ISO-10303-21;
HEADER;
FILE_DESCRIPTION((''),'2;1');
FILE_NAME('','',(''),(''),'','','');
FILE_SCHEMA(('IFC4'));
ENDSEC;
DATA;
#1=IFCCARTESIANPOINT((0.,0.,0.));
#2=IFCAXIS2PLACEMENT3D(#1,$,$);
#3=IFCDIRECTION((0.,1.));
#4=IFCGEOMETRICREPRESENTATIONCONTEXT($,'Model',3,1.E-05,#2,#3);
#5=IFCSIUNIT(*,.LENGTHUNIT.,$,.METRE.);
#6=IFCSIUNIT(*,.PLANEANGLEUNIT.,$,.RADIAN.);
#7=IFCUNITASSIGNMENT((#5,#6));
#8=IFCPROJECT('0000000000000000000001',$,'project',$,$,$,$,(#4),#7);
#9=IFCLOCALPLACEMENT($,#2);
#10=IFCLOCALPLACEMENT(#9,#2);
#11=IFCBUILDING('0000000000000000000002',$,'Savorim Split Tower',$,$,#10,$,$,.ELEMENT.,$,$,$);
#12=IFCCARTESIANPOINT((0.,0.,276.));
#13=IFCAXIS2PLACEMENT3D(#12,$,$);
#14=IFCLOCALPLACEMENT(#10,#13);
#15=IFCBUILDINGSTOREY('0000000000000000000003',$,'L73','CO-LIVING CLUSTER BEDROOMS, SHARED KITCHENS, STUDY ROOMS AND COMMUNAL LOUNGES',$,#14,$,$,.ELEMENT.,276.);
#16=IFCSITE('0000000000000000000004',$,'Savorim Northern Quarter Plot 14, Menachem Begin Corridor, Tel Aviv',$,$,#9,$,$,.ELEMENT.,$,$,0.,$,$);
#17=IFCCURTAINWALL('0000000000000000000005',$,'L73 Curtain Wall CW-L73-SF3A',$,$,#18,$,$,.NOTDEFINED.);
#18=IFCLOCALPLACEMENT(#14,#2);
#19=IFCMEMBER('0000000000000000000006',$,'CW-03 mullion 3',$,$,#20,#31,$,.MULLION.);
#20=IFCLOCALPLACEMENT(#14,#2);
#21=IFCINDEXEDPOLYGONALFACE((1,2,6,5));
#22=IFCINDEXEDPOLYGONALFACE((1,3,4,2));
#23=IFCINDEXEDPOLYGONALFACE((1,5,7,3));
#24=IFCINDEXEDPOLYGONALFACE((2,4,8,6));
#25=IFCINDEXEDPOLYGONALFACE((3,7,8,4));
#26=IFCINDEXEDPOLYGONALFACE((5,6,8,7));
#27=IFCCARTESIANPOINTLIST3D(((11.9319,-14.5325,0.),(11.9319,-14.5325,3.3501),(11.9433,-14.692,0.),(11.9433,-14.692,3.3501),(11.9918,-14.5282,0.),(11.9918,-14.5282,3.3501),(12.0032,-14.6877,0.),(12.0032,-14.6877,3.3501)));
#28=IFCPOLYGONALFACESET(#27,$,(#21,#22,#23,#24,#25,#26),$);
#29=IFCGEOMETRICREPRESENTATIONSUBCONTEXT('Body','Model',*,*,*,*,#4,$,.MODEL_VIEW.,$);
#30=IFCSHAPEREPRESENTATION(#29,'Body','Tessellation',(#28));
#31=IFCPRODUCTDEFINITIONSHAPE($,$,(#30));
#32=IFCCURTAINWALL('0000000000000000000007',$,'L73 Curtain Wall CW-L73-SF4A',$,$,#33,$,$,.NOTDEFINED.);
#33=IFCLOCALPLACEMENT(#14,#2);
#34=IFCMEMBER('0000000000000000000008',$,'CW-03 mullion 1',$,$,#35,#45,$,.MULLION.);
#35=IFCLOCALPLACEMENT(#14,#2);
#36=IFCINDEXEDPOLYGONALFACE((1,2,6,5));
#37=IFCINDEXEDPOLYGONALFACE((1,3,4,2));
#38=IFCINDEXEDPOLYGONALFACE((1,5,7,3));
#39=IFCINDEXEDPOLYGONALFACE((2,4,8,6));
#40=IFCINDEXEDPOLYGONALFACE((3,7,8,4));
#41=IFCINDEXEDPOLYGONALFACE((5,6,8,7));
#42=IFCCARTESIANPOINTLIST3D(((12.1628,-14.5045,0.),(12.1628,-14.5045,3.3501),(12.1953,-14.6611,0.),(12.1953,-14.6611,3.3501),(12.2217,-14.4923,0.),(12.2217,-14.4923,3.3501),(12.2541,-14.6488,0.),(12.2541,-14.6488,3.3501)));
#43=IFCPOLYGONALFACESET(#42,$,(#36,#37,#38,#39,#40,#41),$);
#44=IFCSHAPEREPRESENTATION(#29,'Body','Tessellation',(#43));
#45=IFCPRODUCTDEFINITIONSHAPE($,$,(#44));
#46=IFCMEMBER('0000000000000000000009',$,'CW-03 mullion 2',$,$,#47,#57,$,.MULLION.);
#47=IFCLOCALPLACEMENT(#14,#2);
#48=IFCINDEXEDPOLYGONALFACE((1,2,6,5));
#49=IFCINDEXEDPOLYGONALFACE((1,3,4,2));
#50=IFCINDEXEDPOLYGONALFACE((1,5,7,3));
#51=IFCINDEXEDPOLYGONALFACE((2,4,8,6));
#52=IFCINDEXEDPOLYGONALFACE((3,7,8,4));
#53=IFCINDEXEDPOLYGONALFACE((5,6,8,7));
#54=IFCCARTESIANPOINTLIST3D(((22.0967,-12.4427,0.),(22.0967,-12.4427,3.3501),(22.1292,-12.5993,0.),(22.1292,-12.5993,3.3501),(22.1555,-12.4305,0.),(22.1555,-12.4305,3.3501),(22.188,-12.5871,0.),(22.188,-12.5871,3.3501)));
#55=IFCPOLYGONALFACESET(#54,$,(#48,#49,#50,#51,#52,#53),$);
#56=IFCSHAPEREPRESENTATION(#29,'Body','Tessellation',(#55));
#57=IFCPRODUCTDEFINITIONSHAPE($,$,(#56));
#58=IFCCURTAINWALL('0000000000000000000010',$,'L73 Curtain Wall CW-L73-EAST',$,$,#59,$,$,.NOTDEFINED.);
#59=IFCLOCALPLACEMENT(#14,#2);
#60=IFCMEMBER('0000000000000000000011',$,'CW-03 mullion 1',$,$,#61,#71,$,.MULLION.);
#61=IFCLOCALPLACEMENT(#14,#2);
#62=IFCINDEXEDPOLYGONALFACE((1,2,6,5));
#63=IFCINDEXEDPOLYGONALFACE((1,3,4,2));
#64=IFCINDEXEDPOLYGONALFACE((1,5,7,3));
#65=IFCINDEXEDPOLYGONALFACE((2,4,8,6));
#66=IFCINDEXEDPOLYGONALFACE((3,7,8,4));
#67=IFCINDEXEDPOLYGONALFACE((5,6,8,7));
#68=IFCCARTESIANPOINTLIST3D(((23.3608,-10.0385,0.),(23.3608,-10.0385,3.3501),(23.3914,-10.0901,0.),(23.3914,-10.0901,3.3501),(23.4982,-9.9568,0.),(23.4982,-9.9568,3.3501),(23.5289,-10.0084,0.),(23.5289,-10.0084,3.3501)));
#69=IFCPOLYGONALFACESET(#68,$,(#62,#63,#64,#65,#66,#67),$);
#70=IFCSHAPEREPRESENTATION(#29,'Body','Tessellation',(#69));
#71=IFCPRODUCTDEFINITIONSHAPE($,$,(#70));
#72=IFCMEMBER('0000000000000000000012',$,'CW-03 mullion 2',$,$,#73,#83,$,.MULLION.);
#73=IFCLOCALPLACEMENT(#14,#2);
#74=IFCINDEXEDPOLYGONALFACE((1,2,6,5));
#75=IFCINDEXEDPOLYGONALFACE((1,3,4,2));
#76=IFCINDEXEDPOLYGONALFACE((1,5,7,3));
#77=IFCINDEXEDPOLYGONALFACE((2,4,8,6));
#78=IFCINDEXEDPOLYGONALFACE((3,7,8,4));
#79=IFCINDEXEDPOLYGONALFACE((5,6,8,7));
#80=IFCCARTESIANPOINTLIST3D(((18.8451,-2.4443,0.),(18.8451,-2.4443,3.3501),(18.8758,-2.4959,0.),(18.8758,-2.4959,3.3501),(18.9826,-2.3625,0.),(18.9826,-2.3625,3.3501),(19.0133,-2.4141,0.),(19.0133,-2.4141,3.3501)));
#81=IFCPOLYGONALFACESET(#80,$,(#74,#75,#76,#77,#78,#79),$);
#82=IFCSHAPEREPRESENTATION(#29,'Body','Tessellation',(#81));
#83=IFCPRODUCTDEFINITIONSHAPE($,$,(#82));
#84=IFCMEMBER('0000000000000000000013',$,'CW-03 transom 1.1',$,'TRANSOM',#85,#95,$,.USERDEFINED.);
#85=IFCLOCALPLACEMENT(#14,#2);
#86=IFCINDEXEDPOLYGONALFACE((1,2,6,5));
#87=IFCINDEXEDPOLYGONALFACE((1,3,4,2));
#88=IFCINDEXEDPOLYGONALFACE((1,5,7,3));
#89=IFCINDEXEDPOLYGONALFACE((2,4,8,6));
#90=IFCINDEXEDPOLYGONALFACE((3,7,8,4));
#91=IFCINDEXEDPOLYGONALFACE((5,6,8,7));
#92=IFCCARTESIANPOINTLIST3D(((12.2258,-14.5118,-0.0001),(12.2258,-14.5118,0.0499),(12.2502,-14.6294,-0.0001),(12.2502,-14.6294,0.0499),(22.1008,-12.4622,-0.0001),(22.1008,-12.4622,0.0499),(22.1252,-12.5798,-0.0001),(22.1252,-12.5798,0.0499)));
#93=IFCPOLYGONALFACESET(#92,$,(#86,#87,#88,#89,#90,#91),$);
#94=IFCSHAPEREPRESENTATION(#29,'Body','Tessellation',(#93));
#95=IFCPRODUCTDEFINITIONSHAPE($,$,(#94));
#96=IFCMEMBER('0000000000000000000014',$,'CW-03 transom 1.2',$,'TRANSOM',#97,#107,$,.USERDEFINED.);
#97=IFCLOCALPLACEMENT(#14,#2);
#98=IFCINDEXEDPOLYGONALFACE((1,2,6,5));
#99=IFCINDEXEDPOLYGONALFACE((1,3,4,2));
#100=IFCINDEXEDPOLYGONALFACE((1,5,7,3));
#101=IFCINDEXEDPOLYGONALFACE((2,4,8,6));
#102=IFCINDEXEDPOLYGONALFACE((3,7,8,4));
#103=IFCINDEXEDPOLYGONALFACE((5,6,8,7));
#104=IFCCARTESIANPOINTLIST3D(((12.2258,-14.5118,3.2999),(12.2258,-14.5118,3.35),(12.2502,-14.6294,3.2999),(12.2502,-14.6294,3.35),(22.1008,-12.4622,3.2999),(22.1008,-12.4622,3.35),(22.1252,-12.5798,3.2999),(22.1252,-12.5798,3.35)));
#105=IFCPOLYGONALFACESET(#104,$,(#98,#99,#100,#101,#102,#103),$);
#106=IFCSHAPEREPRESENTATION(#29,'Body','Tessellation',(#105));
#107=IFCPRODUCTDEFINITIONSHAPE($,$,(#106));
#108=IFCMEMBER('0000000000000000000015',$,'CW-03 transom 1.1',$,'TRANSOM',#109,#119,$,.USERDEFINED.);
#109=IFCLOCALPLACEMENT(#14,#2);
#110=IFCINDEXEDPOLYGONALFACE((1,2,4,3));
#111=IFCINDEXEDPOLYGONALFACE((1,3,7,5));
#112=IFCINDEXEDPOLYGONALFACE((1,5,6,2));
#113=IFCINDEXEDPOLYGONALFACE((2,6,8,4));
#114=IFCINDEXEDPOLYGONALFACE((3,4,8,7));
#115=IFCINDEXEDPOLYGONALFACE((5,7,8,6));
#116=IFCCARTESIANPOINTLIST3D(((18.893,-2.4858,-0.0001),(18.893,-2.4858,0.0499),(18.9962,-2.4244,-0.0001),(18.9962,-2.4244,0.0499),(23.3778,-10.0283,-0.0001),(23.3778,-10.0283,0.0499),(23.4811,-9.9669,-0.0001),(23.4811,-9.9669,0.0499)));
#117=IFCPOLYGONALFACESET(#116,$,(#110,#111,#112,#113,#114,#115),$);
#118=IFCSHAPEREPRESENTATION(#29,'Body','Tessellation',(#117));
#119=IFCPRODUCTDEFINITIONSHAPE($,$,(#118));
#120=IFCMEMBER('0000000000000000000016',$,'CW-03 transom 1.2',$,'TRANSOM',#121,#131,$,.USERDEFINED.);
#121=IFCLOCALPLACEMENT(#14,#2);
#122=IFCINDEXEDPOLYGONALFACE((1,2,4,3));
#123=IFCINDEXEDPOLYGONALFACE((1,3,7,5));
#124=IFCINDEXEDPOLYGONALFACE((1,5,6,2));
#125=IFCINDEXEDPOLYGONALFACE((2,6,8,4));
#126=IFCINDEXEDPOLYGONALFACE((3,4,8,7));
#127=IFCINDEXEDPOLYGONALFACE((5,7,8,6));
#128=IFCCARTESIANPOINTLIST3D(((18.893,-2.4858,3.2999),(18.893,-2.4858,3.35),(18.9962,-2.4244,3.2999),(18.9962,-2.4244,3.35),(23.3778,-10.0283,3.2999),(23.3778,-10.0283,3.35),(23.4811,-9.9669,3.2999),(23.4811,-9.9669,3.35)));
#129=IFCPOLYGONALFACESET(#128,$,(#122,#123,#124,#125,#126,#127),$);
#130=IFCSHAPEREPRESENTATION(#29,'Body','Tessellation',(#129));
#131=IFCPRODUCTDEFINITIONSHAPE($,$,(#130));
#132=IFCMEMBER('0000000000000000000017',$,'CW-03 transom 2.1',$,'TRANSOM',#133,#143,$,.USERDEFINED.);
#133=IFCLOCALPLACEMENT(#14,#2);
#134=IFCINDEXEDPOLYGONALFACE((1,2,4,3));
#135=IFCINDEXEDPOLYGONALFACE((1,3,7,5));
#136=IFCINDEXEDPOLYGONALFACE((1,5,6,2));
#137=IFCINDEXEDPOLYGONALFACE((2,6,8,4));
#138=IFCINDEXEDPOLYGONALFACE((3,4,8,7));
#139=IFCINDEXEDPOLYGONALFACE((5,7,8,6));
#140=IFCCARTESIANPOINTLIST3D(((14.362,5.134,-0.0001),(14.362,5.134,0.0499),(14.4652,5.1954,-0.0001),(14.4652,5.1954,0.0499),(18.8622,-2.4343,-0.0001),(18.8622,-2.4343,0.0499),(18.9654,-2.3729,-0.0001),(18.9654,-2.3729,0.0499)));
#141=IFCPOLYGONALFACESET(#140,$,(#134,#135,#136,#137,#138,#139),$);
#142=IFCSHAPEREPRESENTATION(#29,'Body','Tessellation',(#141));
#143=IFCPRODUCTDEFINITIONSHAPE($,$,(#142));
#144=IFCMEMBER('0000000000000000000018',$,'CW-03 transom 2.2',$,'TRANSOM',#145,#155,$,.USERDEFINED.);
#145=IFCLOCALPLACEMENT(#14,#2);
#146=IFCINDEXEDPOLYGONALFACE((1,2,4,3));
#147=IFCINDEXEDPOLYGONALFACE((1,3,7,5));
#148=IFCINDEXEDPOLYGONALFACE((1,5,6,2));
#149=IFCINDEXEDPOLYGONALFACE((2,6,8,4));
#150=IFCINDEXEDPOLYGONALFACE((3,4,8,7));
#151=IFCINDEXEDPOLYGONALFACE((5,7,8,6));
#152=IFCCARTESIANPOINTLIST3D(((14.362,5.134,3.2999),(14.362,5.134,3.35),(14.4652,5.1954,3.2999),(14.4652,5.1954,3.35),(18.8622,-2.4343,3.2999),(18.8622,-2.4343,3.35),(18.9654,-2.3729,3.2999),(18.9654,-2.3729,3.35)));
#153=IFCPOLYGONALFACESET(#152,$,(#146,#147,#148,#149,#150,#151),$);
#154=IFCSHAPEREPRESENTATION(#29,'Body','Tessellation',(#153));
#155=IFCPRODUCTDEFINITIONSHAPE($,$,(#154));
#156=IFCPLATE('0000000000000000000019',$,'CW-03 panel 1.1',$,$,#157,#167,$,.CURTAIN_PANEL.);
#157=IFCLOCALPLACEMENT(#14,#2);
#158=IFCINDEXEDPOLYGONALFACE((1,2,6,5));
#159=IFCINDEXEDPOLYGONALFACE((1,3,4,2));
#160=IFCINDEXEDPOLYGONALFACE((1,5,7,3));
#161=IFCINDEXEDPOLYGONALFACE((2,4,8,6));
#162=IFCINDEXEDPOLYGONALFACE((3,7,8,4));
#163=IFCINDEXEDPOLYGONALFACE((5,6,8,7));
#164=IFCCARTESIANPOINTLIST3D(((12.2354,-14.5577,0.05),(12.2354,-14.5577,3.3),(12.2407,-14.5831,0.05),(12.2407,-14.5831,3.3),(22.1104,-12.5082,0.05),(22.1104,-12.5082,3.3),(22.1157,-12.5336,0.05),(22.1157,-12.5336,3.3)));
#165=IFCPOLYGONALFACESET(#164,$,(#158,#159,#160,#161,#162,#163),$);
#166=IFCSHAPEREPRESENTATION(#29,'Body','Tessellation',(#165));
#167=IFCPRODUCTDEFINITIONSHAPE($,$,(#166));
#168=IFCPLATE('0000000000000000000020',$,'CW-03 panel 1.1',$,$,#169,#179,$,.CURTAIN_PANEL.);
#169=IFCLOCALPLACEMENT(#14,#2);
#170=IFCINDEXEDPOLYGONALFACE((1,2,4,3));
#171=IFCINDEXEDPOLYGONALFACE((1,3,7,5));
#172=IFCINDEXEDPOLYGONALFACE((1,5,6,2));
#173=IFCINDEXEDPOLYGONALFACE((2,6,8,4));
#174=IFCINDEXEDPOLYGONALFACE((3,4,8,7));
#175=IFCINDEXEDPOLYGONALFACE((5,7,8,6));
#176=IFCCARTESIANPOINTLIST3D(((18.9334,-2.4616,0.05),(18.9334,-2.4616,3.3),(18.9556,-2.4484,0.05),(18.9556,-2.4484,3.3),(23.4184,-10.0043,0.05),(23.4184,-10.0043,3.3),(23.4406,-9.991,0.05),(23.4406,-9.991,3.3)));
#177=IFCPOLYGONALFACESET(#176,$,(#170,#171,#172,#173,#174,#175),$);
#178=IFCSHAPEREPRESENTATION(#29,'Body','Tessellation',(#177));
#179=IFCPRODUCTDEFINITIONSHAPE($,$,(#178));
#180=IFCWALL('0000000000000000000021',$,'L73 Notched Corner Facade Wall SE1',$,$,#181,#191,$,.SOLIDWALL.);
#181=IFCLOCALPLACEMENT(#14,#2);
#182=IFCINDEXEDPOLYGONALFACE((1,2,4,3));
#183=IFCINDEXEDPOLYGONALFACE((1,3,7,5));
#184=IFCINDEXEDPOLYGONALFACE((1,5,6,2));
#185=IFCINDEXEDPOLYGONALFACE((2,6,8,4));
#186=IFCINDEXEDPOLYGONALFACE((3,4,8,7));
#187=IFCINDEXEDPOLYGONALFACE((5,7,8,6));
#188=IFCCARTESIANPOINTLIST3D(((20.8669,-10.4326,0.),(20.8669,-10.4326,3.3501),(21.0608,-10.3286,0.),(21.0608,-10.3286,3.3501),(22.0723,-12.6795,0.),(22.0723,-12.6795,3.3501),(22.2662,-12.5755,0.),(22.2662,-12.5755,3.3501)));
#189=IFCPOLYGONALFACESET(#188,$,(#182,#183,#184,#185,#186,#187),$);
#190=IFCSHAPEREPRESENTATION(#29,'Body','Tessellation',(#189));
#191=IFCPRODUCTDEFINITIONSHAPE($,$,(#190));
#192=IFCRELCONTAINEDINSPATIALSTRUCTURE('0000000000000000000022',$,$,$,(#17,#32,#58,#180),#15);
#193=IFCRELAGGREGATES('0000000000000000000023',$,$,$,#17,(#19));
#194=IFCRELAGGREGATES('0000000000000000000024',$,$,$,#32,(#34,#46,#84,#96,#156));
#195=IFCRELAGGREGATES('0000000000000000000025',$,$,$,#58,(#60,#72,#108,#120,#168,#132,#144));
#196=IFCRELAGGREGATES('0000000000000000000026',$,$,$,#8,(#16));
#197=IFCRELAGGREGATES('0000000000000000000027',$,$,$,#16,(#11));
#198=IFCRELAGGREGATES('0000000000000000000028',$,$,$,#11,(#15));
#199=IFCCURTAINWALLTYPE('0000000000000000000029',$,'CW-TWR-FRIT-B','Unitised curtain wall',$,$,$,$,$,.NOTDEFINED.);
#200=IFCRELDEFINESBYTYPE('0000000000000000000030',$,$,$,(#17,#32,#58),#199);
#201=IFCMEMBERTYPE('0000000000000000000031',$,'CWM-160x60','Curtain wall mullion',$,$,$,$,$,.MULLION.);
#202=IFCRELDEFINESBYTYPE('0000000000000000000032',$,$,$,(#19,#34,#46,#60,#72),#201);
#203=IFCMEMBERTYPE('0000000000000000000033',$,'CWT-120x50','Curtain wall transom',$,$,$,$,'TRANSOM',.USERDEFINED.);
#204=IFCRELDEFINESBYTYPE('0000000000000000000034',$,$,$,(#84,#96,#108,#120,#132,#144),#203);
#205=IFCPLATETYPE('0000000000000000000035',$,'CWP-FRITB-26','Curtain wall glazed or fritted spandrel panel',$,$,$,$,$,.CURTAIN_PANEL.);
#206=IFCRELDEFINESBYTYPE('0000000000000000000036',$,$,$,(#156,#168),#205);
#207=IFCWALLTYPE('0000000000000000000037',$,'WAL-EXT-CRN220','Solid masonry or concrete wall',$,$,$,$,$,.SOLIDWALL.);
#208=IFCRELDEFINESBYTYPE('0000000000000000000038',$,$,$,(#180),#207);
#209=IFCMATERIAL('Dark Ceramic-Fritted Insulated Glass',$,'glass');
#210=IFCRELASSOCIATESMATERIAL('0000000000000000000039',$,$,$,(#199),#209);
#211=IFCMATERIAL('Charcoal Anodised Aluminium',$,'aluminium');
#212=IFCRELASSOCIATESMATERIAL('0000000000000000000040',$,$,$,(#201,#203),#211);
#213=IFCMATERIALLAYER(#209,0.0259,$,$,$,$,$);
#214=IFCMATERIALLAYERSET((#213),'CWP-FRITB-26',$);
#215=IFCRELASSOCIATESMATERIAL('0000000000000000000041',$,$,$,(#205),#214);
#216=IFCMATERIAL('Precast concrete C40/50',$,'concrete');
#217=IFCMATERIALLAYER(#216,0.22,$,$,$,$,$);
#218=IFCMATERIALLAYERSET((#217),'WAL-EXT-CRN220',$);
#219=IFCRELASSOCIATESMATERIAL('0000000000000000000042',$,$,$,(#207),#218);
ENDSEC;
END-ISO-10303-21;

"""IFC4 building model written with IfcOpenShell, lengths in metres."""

from ifc_helpers import new_model, si_unit, direction, frame, frame_2d, origin, origin_2d, place, context, subcontext, project, spatial, rectangle, extrude, material, layer, layer_set, material_profile, profile_set, type_object, element, aggregate, save


model = new_model("IFC4")

# Units and contexts
model_context = context("Model", 3, precision=1e-05, world=origin(), true_north=direction((0.0, 1.0)))
body_context = subcontext(model_context, "Body", "Model", "MODEL_VIEW")
ifc_project = project(units=[si_unit("LENGTHUNIT", "METRE"), si_unit("PLANEANGLEUNIT", "RADIAN")], contexts=[model_context])

# Site, building, storey
site_placement = place(None, origin())
site = spatial("IfcSite", under=ifc_project, at=site_placement, Name="Savorim Northern Quarter Plot 14, Menachem Begin Corridor, Tel Aviv", CompositionType="ELEMENT", RefElevation=0.0)
building_placement = place(site_placement, origin())
building = spatial("IfcBuilding", under=site, at=building_placement, Name="Savorim Split Tower", CompositionType="ELEMENT")
storey_placement = place(building_placement, frame((0.0, 0.0, 276.0)))
storey = spatial("IfcBuildingStorey", under=building, at=storey_placement, Name="L73", Description="CO-LIVING CLUSTER BEDROOMS, SHARED KITCHENS, STUDY ROOMS AND COMMUNAL LOUNGES", CompositionType="ELEMENT", Elevation=276.0)

# Curtain wall, member
ifc_material_1 = material(Name="Dark Ceramic-Fritted Insulated Glass", Category="glass")
curtain_wall_type = type_object("IfcCurtainWallType", Name="CW-TWR-FRIT-B", Description="Unitised curtain wall", PredefinedType="NOTDEFINED", material=ifc_material_1)
curtain_wall_1_placement = place(storey_placement, origin())
curtain_wall_1 = element("IfcCurtainWall", 1, at=curtain_wall_1_placement, inside=storey, type_object=curtain_wall_type, Name="L73 Curtain Wall CW-L73-SF3A", PredefinedType="NOTDEFINED")
ifc_material_2 = material(Name="Charcoal Anodised Aluminium", Category="aluminium")
ifc_material_profile_1 = material_profile(ifc_material_2, rectangle(XDim=0.1599, YDim=0.0601, at=origin_2d()), Name="ALU-M 160x60")
ifc_profile_set_1 = profile_set([ifc_material_profile_1], Name="Charcoal Anodised Aluminium")
member_type_1 = type_object("IfcMemberType", Name="CWM-160x60", Description="Curtain wall mullion", PredefinedType="MULLION", material=ifc_profile_set_1)
member_1_placement = place(storey_placement, frame((11.9675, -14.6101, 0.0), z_axis=(0.0, 0.0, 1.0), x_axis=(-0.07156, 0.997436, 0.0)))
member_1 = element("IfcMember", 2, at=member_1_placement, type_object=member_type_1, Name="CW-03 mullion 3", PredefinedType="MULLION", context=body_context, shape_type="SweptSolid", body=[
    extrude(rectangle(XDim=0.1599, YDim=0.0601, at=origin_2d()), origin(), (0.0, 0.0, 1.0), 3.3501),
])
aggregate(curtain_wall_1, [member_1])

# Curtain walls, members
curtain_wall_2_placement = place(storey_placement, origin())
curtain_wall_2 = element("IfcCurtainWall", 3, at=curtain_wall_2_placement, inside=storey, type_object=curtain_wall_type, Name="L73 Curtain Wall CW-L73-SF4A", PredefinedType="NOTDEFINED")
member_2_placement = place(storey_placement, frame((12.2085, -14.5767, 0.0), z_axis=(0.0, 0.0, 1.0), x_axis=(-0.203215, 0.979134, 0.0)))
member_2 = element("IfcMember", 4, at=member_2_placement, type_object=member_type_1, Name="CW-03 mullion 1", PredefinedType="MULLION", context=body_context, shape_type="SweptSolid", body=[
    extrude(rectangle(XDim=0.1599, YDim=0.0601, at=origin_2d()), origin(), (0.0, 0.0, 1.0), 3.3501),
])
member_3_placement = place(storey_placement, frame((22.1423, -12.5149, 0.0), z_axis=(0.0, 0.0, 1.0), x_axis=(-0.203215, 0.979134, 0.0)))
member_3 = element("IfcMember", 5, at=member_3_placement, type_object=member_type_1, Name="CW-03 mullion 2", PredefinedType="MULLION", context=body_context, shape_type="SweptSolid", body=[
    extrude(rectangle(XDim=0.1599, YDim=0.0601, at=origin_2d()), origin(), (0.0, 0.0, 1.0), 3.3501),
])
curtain_wall_3_placement = place(storey_placement, origin())
curtain_wall_3 = element("IfcCurtainWall", 6, at=curtain_wall_3_placement, inside=storey, type_object=curtain_wall_type, Name="L73 Curtain Wall CW-L73-EAST", PredefinedType="NOTDEFINED")
member_4_placement = place(storey_placement, frame((23.4448, -10.0234, 0.0), z_axis=(0.0, 0.0, 1.0), x_axis=(-0.859526, -0.511092, 0.0)))
member_4 = element("IfcMember", 7, at=member_4_placement, type_object=member_type_1, Name="CW-03 mullion 1", PredefinedType="MULLION", context=body_context, shape_type="SweptSolid", body=[
    extrude(rectangle(XDim=0.1599, YDim=0.0601, at=origin_2d()), origin(), (0.0, 0.0, 1.0), 3.3501),
])
member_5_placement = place(storey_placement, frame((18.9292, -2.4292, 0.0), z_axis=(0.0, 0.0, 1.0), x_axis=(-0.859526, -0.511092, 0.0)))
member_5 = element("IfcMember", 8, at=member_5_placement, type_object=member_type_1, Name="CW-03 mullion 2", PredefinedType="MULLION", context=body_context, shape_type="SweptSolid", body=[
    extrude(rectangle(XDim=0.1599, YDim=0.0601, at=origin_2d()), origin(), (0.0, 0.0, 1.0), 3.3501),
])

# Members
ifc_material_profile_2 = material_profile(ifc_material_2, rectangle(XDim=0.1201, YDim=0.05, at=origin_2d()), Name="ALU-T 120x50")
ifc_profile_set_2 = profile_set([ifc_material_profile_2], Name="Charcoal Anodised Aluminium")
member_type_2 = type_object("IfcMemberType", Name="CWT-120x50", Description="Curtain wall transom", ElementType="TRANSOM", PredefinedType="USERDEFINED", material=ifc_profile_set_2)
member_6_placement = place(storey_placement, frame((12.238, -14.5706, 0.0249), z_axis=(0.979133, 0.20322, 0.0), x_axis=(-0.20322, 0.979133, 0.0)))
member_6 = element("IfcMember", 9, at=member_6_placement, type_object=member_type_2, Name="CW-03 transom 1.1", ObjectType="TRANSOM", PredefinedType="USERDEFINED", context=body_context, shape_type="SweptSolid", body=[
    extrude(rectangle(XDim=0.1201, YDim=0.05, at=origin_2d()), origin(), (0.0, 0.0, 1.0), 10.0854),
])
member_7_placement = place(storey_placement, frame((12.238, -14.5706, 3.325), z_axis=(0.979133, 0.20322, 0.0), x_axis=(-0.20322, 0.979133, 0.0)))
member_7 = element("IfcMember", 10, at=member_7_placement, type_object=member_type_2, Name="CW-03 transom 1.2", ObjectType="TRANSOM", PredefinedType="USERDEFINED", context=body_context, shape_type="SweptSolid", body=[
    extrude(rectangle(XDim=0.1201, YDim=0.05, at=origin_2d()), origin(), (0.0, 0.0, 1.0), 10.0854),
])
member_8_placement = place(storey_placement, frame((23.4294, -9.9976, 0.0249), z_axis=(-0.511088, 0.859529, 0.0), x_axis=(-0.859529, -0.511088, 0.0)))
member_8 = element("IfcMember", 11, at=member_8_placement, type_object=member_type_2, Name="CW-03 transom 1.1", ObjectType="TRANSOM", PredefinedType="USERDEFINED", context=body_context, shape_type="SweptSolid", body=[
    extrude(rectangle(XDim=0.1201, YDim=0.05, at=origin_2d()), origin(), (0.0, 0.0, 1.0), 8.7751),
])
member_9_placement = place(storey_placement, frame((23.4294, -9.9976, 3.325), z_axis=(-0.511088, 0.859529, 0.0), x_axis=(-0.859529, -0.511088, 0.0)))
member_9 = element("IfcMember", 12, at=member_9_placement, type_object=member_type_2, Name="CW-03 transom 1.2", ObjectType="TRANSOM", PredefinedType="USERDEFINED", context=body_context, shape_type="SweptSolid", body=[
    extrude(rectangle(XDim=0.1201, YDim=0.05, at=origin_2d()), origin(), (0.0, 0.0, 1.0), 8.7751),
])
member_10_placement = place(storey_placement, frame((18.9138, -2.4036, 0.0249), z_axis=(-0.511087, 0.859529, 0.0), x_axis=(-0.859529, -0.511087, 0.0)))
member_10 = element("IfcMember", 13, at=member_10_placement, type_object=member_type_2, Name="CW-03 transom 2.1", ObjectType="TRANSOM", PredefinedType="USERDEFINED", context=body_context, shape_type="SweptSolid", body=[
    extrude(rectangle(XDim=0.1201, YDim=0.05, at=origin_2d()), origin(), (0.0, 0.0, 1.0), 8.8052),
])
member_11_placement = place(storey_placement, frame((18.9138, -2.4036, 3.325), z_axis=(-0.511087, 0.859529, 0.0), x_axis=(-0.859529, -0.511087, 0.0)))
member_11 = element("IfcMember", 14, at=member_11_placement, type_object=member_type_2, Name="CW-03 transom 2.2", ObjectType="TRANSOM", PredefinedType="USERDEFINED", context=body_context, shape_type="SweptSolid", body=[
    extrude(rectangle(XDim=0.1201, YDim=0.05, at=origin_2d()), origin(), (0.0, 0.0, 1.0), 8.8052),
])

# Plates
ifc_layer_1 = layer(ifc_material_1, 0.0259)
ifc_layer_set_1 = layer_set([ifc_layer_1], Name="CWP-FRITB-26")
plate_type = type_object("IfcPlateType", Name="CWP-FRITB-26", Description="Curtain wall glazed or fritted spandrel panel", PredefinedType="CURTAIN_PANEL", material=ifc_layer_set_1)
plate_1_placement = place(storey_placement, frame((17.1755, -13.5457, 0.05), z_axis=(0.0, 0.0, 1.0), x_axis=(0.979134, 0.203215, 0.0)))
plate_1 = element("IfcPlate", 15, at=plate_1_placement, type_object=plate_type, Name="CW-03 panel 1.1", PredefinedType="CURTAIN_PANEL", context=body_context, shape_type="SweptSolid", body=[
    extrude(rectangle(XDim=10.0854, YDim=0.0259, at=origin_2d()), origin(), (0.0, 0.0, 1.0), 3.25),
])
aggregate(curtain_wall_2, [member_2, member_3, member_6, member_7, plate_1])
plate_2_placement = place(storey_placement, frame((21.187, -6.2263, 0.05), z_axis=(0.0, 0.0, 1.0), x_axis=(-0.511092, 0.859526, 0.0)))
plate_2 = element("IfcPlate", 16, at=plate_2_placement, type_object=plate_type, Name="CW-03 panel 1.1", PredefinedType="CURTAIN_PANEL", context=body_context, shape_type="SweptSolid", body=[
    extrude(rectangle(XDim=8.7754, YDim=0.0259, at=origin_2d()), origin(), (0.0, 0.0, 1.0), 3.25),
])
aggregate(curtain_wall_3, [member_4, member_5, member_8, member_9, plate_2, member_10, member_11])

# Wall
ifc_material_3 = material(Name="Precast concrete C40/50", Category="concrete")
ifc_layer_2 = layer(ifc_material_3, 0.22)
ifc_layer_set_2 = layer_set([ifc_layer_2], Name="WAL-EXT-CRN220")
wall_type_1 = type_object("IfcWallType", Name="WAL-EXT-CRN220", Description="Solid masonry or concrete wall", PredefinedType="SOLIDWALL", material=ifc_layer_set_2)
wall_1_placement = place(storey_placement, frame((20.9639, -10.3806, 0.0), z_axis=(0.0, 0.0, 1.0), x_axis=(0.472729, -0.881208, 0.0)))
element("IfcWall", 17, at=wall_1_placement, inside=storey, type_object=wall_type_1, Name="L73 Notched Corner Facade Wall SE1", PredefinedType="SOLIDWALL", context=body_context, shape_type="SweptSolid", body=[
    extrude(rectangle(XDim=2.5498, YDim=0.22, at=frame_2d((1.2749, 0.0))), origin(), (0.0, 0.0, 1.0), 3.3501),
])

save(model, "model.ifc")
